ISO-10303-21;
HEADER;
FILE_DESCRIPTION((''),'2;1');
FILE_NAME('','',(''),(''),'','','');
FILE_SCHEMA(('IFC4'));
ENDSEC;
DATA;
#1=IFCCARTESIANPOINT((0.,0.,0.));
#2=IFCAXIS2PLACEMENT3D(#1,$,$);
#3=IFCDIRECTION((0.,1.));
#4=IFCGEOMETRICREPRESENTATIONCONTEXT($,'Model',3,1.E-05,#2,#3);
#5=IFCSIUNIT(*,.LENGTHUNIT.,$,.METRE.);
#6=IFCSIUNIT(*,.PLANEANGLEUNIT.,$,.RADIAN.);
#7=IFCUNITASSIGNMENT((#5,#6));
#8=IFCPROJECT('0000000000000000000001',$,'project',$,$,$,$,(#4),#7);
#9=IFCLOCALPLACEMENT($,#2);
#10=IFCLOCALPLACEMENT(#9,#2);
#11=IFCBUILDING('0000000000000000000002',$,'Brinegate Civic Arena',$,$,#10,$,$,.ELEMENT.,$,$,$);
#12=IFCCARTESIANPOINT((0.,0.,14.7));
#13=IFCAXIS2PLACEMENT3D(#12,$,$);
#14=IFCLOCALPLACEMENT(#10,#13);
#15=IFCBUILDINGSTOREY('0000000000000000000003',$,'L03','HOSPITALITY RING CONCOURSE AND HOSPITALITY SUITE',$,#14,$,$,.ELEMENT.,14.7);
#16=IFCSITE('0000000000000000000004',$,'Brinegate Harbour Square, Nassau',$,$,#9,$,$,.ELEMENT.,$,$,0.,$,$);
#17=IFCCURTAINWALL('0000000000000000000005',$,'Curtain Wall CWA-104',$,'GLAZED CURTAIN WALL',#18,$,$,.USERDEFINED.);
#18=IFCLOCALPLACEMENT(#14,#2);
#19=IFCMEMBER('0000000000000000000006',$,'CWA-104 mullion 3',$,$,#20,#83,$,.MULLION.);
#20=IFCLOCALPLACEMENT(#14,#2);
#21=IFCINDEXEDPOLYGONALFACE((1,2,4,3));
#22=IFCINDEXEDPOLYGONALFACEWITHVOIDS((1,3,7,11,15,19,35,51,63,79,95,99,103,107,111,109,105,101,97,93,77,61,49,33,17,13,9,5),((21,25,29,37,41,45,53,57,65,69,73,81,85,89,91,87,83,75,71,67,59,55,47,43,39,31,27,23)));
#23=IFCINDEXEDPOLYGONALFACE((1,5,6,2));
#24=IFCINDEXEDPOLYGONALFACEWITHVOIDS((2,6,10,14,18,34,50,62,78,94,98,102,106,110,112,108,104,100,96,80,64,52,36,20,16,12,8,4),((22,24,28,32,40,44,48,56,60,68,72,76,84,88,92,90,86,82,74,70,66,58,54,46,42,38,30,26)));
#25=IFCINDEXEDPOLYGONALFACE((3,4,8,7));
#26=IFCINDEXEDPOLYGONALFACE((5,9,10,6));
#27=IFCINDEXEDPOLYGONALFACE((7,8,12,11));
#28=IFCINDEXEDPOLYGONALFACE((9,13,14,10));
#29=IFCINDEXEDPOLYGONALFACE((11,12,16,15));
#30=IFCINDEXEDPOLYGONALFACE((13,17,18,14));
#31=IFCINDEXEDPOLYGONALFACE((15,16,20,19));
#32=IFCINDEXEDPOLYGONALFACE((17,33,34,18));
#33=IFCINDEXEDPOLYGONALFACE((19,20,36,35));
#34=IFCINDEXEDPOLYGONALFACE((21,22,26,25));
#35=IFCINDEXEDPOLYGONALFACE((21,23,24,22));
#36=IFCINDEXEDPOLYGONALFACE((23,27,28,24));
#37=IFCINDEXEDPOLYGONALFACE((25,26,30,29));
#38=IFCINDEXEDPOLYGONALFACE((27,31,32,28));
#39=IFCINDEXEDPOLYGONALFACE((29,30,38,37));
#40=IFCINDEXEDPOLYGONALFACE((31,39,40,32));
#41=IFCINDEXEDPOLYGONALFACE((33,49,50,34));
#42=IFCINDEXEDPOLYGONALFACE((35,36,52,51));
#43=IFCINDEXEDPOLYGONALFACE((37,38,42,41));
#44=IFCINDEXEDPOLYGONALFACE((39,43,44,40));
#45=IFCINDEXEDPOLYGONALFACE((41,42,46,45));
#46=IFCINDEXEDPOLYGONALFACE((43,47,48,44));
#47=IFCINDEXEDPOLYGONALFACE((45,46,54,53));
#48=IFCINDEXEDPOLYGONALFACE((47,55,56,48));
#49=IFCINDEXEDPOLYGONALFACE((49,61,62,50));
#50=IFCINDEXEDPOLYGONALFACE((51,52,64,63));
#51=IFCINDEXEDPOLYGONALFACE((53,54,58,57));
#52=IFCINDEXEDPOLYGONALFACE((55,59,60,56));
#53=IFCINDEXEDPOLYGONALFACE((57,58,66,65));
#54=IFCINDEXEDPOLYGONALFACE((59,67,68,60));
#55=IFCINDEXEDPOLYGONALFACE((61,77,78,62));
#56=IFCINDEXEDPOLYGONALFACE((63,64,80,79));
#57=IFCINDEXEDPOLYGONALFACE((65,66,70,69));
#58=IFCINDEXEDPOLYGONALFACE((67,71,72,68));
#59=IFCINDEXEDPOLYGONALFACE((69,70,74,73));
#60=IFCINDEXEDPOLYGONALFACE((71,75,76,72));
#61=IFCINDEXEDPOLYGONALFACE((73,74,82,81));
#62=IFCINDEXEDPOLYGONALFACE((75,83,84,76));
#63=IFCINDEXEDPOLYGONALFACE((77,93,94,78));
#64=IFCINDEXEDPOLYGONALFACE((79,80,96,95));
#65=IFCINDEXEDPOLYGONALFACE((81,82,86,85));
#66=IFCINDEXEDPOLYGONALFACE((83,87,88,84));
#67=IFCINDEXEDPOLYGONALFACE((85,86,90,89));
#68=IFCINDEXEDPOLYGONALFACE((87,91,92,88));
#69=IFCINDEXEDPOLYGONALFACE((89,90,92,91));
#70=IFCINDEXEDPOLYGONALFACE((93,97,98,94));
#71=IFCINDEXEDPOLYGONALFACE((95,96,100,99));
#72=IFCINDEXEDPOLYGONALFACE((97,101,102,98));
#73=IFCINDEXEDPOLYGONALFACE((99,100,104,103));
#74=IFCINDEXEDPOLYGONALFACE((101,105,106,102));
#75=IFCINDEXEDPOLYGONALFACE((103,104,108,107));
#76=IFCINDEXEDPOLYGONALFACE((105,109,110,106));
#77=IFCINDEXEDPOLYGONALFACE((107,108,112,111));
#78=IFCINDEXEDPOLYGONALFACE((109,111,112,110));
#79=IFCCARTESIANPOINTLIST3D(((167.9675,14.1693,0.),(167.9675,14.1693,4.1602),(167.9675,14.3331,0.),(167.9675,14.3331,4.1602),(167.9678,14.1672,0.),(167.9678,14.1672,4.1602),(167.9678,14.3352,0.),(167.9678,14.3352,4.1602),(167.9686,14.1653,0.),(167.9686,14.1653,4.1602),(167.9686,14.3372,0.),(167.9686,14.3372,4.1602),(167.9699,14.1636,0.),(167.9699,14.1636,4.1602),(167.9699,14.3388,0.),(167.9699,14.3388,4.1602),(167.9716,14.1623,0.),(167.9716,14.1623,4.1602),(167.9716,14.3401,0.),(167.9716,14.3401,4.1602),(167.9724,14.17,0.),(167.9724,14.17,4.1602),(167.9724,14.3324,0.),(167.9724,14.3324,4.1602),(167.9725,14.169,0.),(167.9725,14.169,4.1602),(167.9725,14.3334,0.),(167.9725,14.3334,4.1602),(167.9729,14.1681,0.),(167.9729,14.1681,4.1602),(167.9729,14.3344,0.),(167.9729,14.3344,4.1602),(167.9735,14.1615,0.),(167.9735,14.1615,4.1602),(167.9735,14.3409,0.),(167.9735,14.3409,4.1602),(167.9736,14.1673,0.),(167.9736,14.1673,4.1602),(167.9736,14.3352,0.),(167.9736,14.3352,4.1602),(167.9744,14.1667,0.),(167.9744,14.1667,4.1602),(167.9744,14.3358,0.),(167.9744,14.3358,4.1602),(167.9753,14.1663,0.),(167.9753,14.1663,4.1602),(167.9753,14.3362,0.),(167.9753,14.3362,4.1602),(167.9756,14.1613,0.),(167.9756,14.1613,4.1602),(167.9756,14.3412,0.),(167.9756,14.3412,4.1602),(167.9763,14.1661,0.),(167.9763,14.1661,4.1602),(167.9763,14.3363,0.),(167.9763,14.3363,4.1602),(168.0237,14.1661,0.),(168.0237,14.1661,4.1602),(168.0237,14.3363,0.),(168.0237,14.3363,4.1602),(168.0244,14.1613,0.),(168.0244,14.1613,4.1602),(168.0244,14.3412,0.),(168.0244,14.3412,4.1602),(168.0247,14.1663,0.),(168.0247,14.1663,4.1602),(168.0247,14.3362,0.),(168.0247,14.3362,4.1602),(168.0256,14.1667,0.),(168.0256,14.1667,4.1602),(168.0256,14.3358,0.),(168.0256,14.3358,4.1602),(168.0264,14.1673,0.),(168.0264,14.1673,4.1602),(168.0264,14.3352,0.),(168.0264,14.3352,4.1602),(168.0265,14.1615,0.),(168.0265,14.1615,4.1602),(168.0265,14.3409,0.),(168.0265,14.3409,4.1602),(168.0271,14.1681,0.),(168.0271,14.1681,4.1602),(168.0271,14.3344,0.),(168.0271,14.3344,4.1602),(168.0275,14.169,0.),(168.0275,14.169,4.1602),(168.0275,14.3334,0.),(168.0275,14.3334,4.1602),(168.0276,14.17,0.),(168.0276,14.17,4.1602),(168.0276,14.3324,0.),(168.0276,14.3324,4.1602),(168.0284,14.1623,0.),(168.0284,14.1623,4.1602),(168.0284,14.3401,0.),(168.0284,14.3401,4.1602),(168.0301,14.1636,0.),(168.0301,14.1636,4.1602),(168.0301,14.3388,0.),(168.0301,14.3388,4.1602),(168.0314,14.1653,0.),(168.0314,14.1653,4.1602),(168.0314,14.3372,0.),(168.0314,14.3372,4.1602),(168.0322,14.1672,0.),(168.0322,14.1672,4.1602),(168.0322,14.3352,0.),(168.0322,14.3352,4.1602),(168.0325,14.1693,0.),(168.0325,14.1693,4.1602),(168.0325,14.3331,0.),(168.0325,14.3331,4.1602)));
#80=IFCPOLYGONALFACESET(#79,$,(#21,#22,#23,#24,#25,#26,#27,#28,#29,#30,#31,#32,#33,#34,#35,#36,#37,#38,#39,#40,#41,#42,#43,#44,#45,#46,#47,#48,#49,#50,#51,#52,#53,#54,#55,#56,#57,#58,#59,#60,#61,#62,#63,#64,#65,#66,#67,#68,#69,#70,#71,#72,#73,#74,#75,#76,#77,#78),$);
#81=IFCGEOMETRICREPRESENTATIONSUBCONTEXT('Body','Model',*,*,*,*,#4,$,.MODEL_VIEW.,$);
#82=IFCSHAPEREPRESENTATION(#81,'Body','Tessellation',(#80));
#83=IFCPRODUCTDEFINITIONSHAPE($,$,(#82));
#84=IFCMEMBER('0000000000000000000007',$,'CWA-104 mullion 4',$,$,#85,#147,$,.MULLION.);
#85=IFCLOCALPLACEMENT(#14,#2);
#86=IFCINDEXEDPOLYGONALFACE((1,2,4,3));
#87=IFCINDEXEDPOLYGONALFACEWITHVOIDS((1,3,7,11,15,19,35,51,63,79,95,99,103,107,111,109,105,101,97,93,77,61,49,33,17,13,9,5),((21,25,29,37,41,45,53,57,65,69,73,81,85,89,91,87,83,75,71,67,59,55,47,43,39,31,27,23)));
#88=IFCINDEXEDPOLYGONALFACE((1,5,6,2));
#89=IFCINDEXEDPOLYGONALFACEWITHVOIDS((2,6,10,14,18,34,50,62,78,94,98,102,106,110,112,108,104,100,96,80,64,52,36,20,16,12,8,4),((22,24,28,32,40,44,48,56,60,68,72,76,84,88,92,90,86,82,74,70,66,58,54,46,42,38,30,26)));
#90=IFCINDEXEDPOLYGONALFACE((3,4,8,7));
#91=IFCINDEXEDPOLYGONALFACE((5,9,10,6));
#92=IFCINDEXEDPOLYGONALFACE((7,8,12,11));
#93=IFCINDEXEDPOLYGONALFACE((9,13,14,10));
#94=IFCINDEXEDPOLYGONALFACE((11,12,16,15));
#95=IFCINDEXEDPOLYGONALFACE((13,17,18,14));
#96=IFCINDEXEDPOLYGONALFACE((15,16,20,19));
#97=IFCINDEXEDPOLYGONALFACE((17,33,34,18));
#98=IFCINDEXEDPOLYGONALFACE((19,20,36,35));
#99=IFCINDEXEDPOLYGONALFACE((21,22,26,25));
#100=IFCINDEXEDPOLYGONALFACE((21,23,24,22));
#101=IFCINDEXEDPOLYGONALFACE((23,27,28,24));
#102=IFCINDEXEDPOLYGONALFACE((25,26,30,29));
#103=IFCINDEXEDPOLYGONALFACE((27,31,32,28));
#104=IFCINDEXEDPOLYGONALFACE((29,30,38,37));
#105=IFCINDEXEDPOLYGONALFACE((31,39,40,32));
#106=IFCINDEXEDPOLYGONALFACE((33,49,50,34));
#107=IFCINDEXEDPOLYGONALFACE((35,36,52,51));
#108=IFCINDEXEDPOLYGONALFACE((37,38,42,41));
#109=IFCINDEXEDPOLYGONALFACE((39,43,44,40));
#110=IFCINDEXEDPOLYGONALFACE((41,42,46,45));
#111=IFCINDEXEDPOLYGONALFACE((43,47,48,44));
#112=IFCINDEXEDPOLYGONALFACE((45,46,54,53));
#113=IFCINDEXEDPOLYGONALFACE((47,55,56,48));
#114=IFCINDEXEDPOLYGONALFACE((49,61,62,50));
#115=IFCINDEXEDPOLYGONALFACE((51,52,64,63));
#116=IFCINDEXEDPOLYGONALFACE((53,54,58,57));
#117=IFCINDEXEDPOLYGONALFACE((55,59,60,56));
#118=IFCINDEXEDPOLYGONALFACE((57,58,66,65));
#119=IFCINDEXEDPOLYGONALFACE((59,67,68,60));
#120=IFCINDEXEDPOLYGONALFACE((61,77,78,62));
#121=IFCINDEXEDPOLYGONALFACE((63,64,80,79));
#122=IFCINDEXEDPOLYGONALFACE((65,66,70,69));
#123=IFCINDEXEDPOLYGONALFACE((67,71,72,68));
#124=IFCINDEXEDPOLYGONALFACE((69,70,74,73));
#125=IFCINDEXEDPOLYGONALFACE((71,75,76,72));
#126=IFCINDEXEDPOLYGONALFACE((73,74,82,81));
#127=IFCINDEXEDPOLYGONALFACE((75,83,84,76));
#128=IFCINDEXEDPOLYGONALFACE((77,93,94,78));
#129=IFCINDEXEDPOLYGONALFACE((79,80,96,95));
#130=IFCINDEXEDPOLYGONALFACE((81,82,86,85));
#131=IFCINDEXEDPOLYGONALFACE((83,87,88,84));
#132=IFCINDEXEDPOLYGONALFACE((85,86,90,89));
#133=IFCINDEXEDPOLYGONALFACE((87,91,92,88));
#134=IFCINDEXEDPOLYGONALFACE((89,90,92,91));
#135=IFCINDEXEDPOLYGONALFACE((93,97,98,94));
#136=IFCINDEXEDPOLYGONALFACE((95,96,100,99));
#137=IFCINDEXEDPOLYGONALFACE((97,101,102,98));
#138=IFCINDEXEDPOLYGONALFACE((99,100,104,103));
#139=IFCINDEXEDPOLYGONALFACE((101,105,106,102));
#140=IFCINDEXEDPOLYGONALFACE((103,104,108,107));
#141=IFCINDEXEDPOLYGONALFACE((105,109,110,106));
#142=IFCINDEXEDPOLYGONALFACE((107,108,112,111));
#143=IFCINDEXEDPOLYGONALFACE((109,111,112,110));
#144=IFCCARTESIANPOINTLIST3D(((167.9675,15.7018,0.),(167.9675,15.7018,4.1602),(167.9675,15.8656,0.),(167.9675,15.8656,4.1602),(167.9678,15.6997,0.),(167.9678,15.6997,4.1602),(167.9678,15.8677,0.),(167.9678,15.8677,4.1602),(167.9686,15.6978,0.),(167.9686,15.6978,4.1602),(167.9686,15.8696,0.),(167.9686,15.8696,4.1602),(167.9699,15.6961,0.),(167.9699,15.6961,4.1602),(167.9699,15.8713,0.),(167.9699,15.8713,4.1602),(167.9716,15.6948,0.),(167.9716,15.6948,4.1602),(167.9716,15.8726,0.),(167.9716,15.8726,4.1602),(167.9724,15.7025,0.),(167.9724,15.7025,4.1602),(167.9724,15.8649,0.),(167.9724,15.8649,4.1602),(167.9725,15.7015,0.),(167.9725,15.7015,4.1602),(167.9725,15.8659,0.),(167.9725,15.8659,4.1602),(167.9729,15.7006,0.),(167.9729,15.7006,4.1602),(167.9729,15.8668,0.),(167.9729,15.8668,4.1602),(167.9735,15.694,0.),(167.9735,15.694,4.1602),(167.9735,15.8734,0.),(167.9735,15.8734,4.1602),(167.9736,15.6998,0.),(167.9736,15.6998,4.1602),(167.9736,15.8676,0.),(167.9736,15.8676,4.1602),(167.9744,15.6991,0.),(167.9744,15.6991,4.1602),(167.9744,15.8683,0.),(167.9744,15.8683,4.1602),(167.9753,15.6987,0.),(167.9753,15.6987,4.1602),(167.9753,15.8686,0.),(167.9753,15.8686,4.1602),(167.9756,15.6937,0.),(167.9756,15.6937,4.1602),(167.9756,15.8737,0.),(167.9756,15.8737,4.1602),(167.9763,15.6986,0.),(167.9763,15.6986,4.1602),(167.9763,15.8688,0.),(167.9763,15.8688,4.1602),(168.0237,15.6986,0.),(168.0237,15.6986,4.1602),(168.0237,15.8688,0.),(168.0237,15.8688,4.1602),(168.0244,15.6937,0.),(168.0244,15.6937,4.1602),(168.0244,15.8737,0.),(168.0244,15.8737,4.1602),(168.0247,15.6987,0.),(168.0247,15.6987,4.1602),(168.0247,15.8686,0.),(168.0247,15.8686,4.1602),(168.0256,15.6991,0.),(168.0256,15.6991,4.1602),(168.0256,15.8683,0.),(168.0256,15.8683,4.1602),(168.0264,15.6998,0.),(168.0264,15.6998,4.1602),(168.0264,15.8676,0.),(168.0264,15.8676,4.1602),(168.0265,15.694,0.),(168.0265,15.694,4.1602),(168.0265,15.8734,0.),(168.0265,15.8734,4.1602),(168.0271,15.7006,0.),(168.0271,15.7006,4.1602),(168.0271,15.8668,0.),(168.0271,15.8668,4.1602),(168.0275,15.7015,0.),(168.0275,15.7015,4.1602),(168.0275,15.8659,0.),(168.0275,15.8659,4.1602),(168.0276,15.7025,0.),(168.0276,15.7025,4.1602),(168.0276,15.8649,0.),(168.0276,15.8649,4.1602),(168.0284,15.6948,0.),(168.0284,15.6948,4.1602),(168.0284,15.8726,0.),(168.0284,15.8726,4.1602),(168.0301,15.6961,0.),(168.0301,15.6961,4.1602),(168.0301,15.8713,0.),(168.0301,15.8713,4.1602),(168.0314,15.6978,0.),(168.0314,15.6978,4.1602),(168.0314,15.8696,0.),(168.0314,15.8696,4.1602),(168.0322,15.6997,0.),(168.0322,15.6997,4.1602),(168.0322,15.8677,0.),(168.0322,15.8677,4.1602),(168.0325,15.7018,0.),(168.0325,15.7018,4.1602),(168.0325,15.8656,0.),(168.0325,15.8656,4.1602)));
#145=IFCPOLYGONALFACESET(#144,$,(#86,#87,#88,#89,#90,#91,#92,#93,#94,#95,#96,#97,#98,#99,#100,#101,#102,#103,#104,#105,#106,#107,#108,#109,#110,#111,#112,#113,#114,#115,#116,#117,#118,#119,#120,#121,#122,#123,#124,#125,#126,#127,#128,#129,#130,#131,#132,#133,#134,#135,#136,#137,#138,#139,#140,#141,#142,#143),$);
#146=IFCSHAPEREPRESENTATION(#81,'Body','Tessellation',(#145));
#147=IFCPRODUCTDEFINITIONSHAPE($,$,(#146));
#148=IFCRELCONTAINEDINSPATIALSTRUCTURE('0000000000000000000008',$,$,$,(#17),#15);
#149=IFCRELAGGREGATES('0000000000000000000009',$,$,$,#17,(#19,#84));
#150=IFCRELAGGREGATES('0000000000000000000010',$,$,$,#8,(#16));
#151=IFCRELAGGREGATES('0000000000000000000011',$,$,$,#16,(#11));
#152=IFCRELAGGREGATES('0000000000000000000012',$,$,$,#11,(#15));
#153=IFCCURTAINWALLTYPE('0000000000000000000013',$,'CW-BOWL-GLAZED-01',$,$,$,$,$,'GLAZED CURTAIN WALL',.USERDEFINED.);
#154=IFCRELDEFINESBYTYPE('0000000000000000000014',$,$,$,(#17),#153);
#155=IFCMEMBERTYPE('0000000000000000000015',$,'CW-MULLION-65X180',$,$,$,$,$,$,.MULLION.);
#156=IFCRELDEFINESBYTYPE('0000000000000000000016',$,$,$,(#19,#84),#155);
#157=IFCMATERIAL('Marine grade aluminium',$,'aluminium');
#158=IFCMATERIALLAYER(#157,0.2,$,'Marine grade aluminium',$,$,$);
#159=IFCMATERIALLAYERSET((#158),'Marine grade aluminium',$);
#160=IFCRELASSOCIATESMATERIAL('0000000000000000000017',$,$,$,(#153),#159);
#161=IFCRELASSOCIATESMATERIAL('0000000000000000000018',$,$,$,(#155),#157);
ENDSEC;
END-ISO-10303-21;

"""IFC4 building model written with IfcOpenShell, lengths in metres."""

from ifc_helpers import new_model, si_unit, direction, frame, origin, origin_2d, place, context, subcontext, project, spatial, hollow_rectangle, extrude, material, layer, layer_set, material_profile, profile_set, type_object, element, aggregate, save


model = new_model("IFC4")

# Units and contexts
model_context = context("Model", 3, precision=1e-05, world=origin(), true_north=direction((0.0, 1.0)))
body_context = subcontext(model_context, "Body", "Model", "MODEL_VIEW")
ifc_project = project(units=[si_unit("LENGTHUNIT", "METRE"), si_unit("PLANEANGLEUNIT", "RADIAN")], contexts=[model_context])

# Site, building, storey
site_placement = place(None, origin())
site = spatial("IfcSite", under=ifc_project, at=site_placement, Name="Brinegate Harbour Square, Nassau", CompositionType="ELEMENT", RefElevation=0.0)
building_placement = place(site_placement, origin())
building = spatial("IfcBuilding", under=site, at=building_placement, Name="Brinegate Civic Arena", CompositionType="ELEMENT")
storey_placement = place(building_placement, frame((0.0, 0.0, 14.7)))
storey = spatial("IfcBuildingStorey", under=building, at=storey_placement, Name="L03", Description="HOSPITALITY RING CONCOURSE AND HOSPITALITY SUITE", CompositionType="ELEMENT", Elevation=14.7)

# Curtain wall, members
ifc_material_1 = material(Name="Marine grade aluminium", Category="aluminium")
ifc_layer_1 = layer(ifc_material_1, 0.2, Name="Marine grade aluminium")
ifc_layer_set_1 = layer_set([ifc_layer_1], Name="Marine grade aluminium")
curtain_wall_type = type_object("IfcCurtainWallType", Name="CW-BOWL-GLAZED-01", ElementType="GLAZED CURTAIN WALL", PredefinedType="USERDEFINED", material=ifc_layer_set_1)
curtain_wall_placement = place(storey_placement, origin())
curtain_wall = element("IfcCurtainWall", 1, at=curtain_wall_placement, inside=storey, type_object=curtain_wall_type, Name="Curtain Wall CWA-104", ObjectType="GLAZED CURTAIN WALL", PredefinedType="USERDEFINED")
ifc_material_profile_1 = material_profile(ifc_material_1, hollow_rectangle(XDim=0.0649, YDim=0.1799, WallThickness=0.0049, InnerFilletRadius=0.0039, OuterFilletRadius=0.0081, at=origin_2d()), Name="MUL65X180")
ifc_profile_set_1 = profile_set([ifc_material_profile_1], Name="Marine grade aluminium")
member_type_1 = type_object("IfcMemberType", Name="CW-MULLION-65X180", PredefinedType="MULLION", material=ifc_profile_set_1)
member_1_placement = place(storey_placement, frame((168.0, 14.2512, 0.0), z_axis=(0.0, 0.0, 1.0), x_axis=(-1.0, 0.0, 0.0)))
member_1 = element("IfcMember", 2, at=member_1_placement, type_object=member_type_1, Name="CWA-104 mullion 3", PredefinedType="MULLION", context=body_context, shape_type="SweptSolid", body=[
    extrude(hollow_rectangle(XDim=0.0649, YDim=0.1799, WallThickness=0.0049, InnerFilletRadius=0.0039, OuterFilletRadius=0.0081, at=origin_2d()), origin(), (0.0, 0.0, 1.0), 4.1602),
])
member_2_placement = place(storey_placement, frame((168.0, 15.7837, 0.0), z_axis=(0.0, 0.0, 1.0), x_axis=(-1.0, 0.0, 0.0)))
member_2 = element("IfcMember", 3, at=member_2_placement, type_object=member_type_1, Name="CWA-104 mullion 4", PredefinedType="MULLION", context=body_context, shape_type="SweptSolid", body=[
    extrude(hollow_rectangle(XDim=0.0649, YDim=0.1799, WallThickness=0.0049, InnerFilletRadius=0.0039, OuterFilletRadius=0.0081, at=origin_2d()), origin(), (0.0, 0.0, 1.0), 4.1602),
])

aggregate(curtain_wall, [member_1, member_2])

save(model, "model.ifc")
